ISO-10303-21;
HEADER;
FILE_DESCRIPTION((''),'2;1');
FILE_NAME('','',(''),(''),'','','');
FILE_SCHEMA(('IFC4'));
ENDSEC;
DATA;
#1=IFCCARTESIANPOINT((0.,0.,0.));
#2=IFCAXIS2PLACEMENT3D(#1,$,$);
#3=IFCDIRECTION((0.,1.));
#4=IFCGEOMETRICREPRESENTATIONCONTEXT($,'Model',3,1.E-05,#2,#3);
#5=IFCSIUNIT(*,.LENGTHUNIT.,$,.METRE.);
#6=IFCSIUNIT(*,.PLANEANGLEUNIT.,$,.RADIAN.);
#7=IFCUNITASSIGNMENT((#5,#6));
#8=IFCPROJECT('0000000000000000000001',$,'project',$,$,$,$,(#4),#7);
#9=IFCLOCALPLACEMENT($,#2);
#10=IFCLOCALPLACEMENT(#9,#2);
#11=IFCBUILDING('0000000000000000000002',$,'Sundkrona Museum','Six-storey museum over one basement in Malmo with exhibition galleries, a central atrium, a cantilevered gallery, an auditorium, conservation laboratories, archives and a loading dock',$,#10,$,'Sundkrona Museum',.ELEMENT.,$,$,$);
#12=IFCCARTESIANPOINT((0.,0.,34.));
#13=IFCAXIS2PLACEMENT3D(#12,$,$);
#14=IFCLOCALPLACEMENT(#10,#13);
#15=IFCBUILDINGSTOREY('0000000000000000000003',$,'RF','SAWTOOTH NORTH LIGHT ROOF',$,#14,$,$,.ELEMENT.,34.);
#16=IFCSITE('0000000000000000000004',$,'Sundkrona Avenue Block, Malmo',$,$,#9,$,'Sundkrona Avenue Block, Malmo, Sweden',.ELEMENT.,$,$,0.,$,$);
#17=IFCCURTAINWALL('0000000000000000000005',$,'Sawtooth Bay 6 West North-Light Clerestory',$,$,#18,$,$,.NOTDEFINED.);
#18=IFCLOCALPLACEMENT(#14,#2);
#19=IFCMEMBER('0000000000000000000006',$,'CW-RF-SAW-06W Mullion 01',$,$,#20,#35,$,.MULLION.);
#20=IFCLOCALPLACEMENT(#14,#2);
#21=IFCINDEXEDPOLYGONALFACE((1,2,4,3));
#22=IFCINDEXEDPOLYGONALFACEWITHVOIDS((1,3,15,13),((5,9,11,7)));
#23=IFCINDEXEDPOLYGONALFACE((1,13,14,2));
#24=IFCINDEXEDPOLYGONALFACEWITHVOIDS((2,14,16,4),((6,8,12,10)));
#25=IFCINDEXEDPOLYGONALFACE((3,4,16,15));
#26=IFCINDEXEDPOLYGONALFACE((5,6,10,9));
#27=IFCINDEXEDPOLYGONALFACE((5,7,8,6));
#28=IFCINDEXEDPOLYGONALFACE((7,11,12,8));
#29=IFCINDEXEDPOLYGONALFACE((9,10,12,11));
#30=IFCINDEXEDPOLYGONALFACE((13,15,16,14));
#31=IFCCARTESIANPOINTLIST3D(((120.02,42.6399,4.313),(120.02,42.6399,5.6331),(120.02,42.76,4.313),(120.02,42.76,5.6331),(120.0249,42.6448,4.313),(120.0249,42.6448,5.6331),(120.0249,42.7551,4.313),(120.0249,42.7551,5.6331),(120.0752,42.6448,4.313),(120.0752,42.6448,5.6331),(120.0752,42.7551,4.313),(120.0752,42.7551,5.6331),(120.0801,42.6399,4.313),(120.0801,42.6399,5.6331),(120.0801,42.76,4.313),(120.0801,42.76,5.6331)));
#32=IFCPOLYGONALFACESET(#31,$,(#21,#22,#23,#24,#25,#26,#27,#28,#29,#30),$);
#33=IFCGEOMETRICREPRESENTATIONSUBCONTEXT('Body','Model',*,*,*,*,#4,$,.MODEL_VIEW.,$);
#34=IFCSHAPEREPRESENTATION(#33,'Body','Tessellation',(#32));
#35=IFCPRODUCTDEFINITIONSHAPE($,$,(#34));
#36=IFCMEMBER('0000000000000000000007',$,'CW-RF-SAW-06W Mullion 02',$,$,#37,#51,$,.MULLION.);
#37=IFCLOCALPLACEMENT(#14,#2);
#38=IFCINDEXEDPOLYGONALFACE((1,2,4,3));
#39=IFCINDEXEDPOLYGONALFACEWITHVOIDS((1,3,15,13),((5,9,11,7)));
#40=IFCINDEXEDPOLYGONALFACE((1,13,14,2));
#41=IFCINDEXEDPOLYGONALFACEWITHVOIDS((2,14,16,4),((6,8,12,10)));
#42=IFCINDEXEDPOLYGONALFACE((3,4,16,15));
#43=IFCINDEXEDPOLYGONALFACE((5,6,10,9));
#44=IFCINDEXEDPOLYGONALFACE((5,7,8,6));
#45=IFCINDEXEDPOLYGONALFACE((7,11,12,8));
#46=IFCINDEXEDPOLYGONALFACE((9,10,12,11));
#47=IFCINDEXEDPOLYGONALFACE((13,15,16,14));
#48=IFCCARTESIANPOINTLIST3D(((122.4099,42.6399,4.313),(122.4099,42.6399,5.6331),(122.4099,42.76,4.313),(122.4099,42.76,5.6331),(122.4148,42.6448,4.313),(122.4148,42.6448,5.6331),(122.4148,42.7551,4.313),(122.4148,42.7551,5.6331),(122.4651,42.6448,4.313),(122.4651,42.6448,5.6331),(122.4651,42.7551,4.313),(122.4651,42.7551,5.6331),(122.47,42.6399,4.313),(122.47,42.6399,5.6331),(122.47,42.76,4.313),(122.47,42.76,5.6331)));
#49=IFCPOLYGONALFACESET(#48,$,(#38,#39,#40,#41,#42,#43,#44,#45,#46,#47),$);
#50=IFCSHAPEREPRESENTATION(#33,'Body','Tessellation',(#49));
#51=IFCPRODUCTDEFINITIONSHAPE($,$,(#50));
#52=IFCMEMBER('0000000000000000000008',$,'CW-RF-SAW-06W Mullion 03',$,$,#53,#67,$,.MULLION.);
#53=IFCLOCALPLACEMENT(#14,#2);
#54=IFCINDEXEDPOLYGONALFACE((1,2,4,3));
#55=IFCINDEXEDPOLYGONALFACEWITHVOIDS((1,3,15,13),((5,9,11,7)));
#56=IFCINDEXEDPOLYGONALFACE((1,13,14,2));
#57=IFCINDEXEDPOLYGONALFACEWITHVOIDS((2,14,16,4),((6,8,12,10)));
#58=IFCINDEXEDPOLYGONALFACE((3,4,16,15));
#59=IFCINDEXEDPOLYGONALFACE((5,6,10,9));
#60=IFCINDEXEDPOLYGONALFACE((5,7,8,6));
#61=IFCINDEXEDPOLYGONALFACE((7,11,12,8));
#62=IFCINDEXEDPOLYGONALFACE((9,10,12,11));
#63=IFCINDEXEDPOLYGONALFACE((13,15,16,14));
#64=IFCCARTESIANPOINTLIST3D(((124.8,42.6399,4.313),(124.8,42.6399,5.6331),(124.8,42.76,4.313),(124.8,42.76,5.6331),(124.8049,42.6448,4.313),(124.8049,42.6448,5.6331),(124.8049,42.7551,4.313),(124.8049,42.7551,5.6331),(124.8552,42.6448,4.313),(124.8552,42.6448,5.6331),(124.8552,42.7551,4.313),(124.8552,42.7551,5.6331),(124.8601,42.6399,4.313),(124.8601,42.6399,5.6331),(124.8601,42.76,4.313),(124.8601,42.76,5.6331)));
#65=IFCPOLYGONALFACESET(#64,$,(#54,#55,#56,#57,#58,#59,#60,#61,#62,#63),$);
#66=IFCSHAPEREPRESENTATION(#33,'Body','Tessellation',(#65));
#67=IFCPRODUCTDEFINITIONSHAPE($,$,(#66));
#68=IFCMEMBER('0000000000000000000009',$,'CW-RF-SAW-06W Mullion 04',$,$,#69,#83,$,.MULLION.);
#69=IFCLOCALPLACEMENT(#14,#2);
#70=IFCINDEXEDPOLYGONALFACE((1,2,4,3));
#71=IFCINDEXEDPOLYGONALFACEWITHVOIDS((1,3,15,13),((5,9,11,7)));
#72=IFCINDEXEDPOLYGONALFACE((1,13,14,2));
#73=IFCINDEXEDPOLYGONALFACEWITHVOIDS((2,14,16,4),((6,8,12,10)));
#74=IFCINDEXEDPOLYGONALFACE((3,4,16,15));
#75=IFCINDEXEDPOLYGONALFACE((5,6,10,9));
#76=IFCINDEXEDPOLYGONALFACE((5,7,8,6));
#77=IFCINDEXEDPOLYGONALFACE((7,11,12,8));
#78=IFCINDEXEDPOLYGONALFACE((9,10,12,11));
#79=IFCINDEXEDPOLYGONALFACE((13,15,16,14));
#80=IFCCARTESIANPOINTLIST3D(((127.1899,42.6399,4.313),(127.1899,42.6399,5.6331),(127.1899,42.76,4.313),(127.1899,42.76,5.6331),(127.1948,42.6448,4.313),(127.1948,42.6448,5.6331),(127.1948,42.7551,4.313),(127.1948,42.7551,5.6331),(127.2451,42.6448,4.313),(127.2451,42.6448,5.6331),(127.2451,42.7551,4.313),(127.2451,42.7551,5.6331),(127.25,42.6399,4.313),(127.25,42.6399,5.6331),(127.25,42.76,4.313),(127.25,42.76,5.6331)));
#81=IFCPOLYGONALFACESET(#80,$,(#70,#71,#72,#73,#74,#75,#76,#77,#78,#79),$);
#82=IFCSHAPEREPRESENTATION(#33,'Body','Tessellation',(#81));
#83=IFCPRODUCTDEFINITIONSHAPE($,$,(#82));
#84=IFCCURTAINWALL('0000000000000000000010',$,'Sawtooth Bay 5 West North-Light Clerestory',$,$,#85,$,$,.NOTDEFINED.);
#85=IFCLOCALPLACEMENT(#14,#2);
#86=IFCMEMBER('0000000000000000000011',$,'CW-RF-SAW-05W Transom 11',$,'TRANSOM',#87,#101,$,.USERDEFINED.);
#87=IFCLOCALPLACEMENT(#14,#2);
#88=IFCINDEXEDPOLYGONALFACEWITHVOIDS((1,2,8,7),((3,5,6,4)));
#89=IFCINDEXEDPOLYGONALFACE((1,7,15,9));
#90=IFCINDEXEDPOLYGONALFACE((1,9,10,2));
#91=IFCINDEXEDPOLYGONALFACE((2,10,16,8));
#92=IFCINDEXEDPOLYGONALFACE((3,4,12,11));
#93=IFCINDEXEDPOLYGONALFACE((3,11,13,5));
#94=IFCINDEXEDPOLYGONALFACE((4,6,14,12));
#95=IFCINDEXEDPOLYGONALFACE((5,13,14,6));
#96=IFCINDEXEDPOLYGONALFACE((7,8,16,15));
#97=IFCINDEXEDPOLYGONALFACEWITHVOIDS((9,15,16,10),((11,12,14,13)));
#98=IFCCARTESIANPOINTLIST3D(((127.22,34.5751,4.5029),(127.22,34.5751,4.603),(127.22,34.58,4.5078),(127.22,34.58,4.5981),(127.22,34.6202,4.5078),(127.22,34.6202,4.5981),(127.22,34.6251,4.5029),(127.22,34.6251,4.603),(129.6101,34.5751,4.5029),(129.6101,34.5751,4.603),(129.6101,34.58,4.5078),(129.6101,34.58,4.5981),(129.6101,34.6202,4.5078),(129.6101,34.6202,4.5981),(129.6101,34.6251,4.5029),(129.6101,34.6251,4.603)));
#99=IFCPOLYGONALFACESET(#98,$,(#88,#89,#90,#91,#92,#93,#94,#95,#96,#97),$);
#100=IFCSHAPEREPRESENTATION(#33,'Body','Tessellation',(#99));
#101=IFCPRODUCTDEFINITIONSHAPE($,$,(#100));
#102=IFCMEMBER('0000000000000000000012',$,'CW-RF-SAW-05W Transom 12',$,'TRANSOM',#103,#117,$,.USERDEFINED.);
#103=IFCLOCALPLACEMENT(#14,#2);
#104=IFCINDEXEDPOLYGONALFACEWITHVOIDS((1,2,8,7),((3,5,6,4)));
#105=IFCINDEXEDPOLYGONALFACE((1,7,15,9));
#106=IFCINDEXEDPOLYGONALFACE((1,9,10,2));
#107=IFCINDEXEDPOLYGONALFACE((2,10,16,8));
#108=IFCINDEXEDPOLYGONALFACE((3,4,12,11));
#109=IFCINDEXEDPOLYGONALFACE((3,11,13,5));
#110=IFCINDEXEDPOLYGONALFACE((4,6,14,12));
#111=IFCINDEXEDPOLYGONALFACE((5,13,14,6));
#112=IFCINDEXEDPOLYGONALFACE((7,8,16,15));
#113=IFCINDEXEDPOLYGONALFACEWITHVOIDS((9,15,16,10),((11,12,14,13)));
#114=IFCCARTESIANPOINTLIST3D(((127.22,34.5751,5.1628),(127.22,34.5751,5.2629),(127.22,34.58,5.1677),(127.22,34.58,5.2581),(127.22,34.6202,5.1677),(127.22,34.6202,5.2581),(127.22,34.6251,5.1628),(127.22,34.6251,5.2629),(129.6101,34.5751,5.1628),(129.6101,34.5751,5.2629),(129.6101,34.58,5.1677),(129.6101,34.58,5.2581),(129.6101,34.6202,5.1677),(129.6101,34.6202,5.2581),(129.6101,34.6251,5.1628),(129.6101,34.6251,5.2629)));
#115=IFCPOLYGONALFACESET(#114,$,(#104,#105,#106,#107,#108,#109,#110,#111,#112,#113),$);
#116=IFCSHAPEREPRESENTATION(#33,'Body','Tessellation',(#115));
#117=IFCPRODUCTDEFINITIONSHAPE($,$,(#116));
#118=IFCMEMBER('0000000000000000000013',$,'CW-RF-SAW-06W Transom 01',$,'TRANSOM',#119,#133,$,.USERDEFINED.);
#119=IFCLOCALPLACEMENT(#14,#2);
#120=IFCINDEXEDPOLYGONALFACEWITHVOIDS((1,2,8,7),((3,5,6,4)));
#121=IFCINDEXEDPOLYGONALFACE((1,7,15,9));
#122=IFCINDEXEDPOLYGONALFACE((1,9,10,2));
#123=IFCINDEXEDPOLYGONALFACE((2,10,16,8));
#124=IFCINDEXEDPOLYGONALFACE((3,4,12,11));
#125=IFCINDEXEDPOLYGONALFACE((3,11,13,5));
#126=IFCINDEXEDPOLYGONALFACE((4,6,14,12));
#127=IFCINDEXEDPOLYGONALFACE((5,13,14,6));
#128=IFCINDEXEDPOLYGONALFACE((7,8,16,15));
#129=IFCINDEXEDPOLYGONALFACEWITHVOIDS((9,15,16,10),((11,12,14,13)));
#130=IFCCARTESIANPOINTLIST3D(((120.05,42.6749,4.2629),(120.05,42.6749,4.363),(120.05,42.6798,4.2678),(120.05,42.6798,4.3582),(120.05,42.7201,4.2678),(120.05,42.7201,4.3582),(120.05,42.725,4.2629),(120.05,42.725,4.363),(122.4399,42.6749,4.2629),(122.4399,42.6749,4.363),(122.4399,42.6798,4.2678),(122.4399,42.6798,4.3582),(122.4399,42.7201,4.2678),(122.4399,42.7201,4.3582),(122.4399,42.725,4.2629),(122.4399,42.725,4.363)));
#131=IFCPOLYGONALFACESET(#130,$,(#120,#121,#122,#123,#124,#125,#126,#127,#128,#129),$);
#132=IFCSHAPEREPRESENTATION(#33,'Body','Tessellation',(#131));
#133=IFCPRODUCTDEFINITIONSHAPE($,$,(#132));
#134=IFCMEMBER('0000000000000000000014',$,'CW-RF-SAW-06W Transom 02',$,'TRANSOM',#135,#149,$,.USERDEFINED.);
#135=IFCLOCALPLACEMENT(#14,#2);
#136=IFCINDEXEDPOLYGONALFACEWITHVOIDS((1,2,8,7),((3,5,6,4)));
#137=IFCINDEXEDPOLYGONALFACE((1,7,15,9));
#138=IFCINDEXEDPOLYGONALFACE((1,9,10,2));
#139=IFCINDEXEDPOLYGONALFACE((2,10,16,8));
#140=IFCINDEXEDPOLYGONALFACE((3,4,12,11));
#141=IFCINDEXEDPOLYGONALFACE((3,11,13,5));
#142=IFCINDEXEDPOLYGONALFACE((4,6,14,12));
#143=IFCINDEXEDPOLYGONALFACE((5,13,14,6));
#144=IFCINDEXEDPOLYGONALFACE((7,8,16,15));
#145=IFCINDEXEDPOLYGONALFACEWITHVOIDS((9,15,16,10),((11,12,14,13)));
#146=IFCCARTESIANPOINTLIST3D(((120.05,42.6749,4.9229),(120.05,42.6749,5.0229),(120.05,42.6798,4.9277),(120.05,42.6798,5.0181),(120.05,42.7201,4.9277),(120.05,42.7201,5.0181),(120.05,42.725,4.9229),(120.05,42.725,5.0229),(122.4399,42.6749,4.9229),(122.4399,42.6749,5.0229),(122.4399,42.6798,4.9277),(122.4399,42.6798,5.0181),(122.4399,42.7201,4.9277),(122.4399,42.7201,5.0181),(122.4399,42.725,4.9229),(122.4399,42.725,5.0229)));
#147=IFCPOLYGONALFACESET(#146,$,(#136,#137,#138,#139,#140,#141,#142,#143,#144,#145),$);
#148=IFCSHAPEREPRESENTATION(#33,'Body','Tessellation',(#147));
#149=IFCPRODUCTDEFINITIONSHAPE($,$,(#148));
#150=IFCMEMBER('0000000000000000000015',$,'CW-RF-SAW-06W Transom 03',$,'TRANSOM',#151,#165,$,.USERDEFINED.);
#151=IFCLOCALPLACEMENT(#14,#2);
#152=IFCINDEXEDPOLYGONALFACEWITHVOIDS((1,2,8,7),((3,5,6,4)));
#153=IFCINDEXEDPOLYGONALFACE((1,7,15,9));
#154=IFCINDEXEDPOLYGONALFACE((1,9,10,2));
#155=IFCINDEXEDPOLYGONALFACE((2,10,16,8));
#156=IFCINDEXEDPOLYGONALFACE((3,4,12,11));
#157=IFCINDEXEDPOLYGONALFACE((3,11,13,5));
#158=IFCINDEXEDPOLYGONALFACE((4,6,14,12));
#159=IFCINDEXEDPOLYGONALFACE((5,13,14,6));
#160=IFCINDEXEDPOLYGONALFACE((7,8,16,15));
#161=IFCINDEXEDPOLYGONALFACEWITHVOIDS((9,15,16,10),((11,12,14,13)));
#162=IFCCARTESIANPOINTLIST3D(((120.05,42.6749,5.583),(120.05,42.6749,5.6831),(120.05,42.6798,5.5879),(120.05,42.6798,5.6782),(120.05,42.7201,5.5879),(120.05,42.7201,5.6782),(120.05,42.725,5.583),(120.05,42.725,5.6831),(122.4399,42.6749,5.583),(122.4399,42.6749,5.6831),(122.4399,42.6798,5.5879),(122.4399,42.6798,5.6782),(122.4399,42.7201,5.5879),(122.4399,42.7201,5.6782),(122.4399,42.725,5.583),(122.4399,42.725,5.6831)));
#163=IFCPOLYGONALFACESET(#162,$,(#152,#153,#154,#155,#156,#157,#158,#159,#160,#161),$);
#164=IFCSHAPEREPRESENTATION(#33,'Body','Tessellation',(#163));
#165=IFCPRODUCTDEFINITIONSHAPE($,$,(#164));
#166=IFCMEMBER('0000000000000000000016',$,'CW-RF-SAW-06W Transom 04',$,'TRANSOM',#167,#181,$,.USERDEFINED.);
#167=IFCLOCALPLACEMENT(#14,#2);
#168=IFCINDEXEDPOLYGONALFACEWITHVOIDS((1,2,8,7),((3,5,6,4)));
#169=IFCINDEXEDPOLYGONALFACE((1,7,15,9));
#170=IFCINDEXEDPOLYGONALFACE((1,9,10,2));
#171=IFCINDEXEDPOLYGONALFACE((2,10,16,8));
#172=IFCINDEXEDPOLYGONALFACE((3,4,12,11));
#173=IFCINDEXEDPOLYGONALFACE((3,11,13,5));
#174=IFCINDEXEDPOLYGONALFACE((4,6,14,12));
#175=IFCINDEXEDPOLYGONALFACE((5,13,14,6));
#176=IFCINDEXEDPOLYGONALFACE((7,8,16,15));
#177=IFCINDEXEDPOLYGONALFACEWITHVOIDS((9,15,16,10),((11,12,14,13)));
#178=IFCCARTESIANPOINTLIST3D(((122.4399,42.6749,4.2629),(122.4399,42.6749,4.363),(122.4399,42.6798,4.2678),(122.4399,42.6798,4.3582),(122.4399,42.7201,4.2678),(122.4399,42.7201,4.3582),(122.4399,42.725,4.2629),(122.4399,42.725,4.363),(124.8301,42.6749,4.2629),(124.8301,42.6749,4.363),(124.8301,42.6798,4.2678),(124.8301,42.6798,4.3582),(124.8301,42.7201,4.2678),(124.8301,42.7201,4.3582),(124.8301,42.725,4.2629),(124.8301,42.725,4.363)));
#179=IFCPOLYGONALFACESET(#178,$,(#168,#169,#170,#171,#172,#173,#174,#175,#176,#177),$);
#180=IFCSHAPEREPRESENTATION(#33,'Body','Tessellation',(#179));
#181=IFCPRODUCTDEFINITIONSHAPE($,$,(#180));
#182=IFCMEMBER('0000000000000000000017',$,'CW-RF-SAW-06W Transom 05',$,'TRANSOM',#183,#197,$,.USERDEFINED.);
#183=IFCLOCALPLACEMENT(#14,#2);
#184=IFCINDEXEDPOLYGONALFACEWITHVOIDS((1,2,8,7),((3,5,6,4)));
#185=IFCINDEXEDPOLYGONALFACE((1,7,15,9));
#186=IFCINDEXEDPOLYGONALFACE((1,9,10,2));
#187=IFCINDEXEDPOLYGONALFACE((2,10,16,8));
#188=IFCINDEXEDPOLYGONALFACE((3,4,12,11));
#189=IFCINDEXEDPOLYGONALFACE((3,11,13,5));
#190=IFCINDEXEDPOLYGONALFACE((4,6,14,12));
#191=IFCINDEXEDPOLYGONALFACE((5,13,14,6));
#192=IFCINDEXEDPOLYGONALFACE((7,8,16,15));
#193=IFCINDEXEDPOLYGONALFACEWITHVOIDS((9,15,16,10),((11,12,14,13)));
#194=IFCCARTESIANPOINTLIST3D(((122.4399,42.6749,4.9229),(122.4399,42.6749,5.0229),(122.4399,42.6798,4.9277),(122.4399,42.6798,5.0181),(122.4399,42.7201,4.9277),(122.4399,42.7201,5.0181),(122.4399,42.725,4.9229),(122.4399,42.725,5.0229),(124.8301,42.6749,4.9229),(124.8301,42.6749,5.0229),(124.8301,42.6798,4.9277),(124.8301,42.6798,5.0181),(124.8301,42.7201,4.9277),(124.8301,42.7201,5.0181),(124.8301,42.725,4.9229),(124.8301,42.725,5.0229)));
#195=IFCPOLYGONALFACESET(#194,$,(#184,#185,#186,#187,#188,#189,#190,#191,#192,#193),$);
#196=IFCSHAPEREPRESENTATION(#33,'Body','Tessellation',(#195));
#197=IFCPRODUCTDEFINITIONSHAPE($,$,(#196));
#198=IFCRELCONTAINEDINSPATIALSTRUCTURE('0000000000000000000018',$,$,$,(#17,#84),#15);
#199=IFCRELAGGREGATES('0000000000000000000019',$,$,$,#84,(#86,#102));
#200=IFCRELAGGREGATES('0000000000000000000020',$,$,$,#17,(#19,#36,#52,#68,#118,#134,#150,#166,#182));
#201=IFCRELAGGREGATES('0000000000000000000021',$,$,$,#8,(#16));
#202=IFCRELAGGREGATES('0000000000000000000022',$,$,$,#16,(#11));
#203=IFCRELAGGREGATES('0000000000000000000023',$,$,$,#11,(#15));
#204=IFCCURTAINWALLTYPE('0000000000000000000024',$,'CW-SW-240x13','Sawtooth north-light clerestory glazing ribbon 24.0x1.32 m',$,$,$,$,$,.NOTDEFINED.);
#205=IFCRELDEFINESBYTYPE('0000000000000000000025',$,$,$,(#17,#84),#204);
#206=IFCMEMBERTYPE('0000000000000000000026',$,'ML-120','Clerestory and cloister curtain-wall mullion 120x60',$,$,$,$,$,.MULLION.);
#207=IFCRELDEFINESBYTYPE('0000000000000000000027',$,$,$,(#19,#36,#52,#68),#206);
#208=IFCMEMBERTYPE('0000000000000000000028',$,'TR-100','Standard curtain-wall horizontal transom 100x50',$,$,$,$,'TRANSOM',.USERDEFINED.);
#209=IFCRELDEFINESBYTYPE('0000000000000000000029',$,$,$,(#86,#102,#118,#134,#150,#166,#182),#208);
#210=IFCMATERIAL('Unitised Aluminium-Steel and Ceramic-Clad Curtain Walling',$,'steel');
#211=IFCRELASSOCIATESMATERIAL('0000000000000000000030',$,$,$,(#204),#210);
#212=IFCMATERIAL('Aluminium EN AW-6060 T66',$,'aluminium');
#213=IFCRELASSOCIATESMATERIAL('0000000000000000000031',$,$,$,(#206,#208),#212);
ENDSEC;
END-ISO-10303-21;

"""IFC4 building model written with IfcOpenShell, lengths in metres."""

from ifc_helpers import new_model, si_unit, direction, frame, origin, origin_2d, place, context, subcontext, project, spatial, hollow_rectangle, extrude, material, material_profile, profile_set, type_object, element, aggregate, save


model = new_model("IFC4")

# Units and contexts
model_context = context("Model", 3, precision=1e-05, world=origin(), true_north=direction((0.0, 1.0)))
body_context = subcontext(model_context, "Body", "Model", "MODEL_VIEW")
ifc_project = project(units=[si_unit("LENGTHUNIT", "METRE"), si_unit("PLANEANGLEUNIT", "RADIAN")], contexts=[model_context])

# Site, building, storey
site_placement = place(None, origin())
site = spatial("IfcSite", under=ifc_project, at=site_placement, Name="Sundkrona Avenue Block, Malmo", LongName="Sundkrona Avenue Block, Malmo, Sweden", CompositionType="ELEMENT", RefElevation=0.0)
building_placement = place(site_placement, origin())
building = spatial("IfcBuilding", under=site, at=building_placement, Name="Sundkrona Museum", Description="Six-storey museum over one basement in Malmo with exhibition galleries, a central atrium, a cantilevered gallery, an auditorium, conservation laboratories, archives and a loading dock", LongName="Sundkrona Museum", CompositionType="ELEMENT")
storey_placement = place(building_placement, frame((0.0, 0.0, 34.0)))
storey = spatial("IfcBuildingStorey", under=building, at=storey_placement, Name="RF", Description="SAWTOOTH NORTH LIGHT ROOF", CompositionType="ELEMENT", Elevation=34.0)

# Curtain walls, members
ifc_material_1 = material(Name="Unitised Aluminium-Steel and Ceramic-Clad Curtain Walling", Category="steel")
curtain_wall_type = type_object("IfcCurtainWallType", Name="CW-SW-240x13", Description="Sawtooth north-light clerestory glazing ribbon 24.0x1.32 m", PredefinedType="NOTDEFINED", material=ifc_material_1)
curtain_wall_1_placement = place(storey_placement, origin())
curtain_wall_1 = element("IfcCurtainWall", 1, at=curtain_wall_1_placement, inside=storey, type_object=curtain_wall_type, Name="Sawtooth Bay 6 West North-Light Clerestory", PredefinedType="NOTDEFINED")
ifc_material_2 = material(Name="Aluminium EN AW-6060 T66", Category="aluminium")
ifc_material_profile_1 = material_profile(ifc_material_2, hollow_rectangle(XDim=0.0601, YDim=0.1201, WallThickness=0.0049, at=origin_2d()), Name="RHS 120x60x5.0")
ifc_profile_set_1 = profile_set([ifc_material_profile_1], Name="Aluminium EN AW-6060 T66")
member_type_1 = type_object("IfcMemberType", Name="ML-120", Description="Clerestory and cloister curtain-wall mullion 120x60", PredefinedType="MULLION", material=ifc_profile_set_1)
member_1_placement = place(storey_placement, frame((120.05, 42.7, 4.313), z_axis=(0.0, 0.0, 1.0), x_axis=(1.0, 0.0, 0.0)))
member_1 = element("IfcMember", 2, at=member_1_placement, type_object=member_type_1, Name="CW-RF-SAW-06W Mullion 01", PredefinedType="MULLION", context=body_context, shape_type="SweptSolid", body=[
    extrude(hollow_rectangle(XDim=0.0601, YDim=0.1201, WallThickness=0.0049, at=origin_2d()), origin(), (0.0, 0.0, 1.0), 1.3201),
])
member_2_placement = place(storey_placement, frame((122.4399, 42.7, 4.313), z_axis=(0.0, 0.0, 1.0), x_axis=(1.0, 0.0, 0.0)))
member_2 = element("IfcMember", 3, at=member_2_placement, type_object=member_type_1, Name="CW-RF-SAW-06W Mullion 02", PredefinedType="MULLION", context=body_context, shape_type="SweptSolid", body=[
    extrude(hollow_rectangle(XDim=0.0601, YDim=0.1201, WallThickness=0.0049, at=origin_2d()), origin(), (0.0, 0.0, 1.0), 1.3201),
])
member_3_placement = place(storey_placement, frame((124.8301, 42.7, 4.313), z_axis=(0.0, 0.0, 1.0), x_axis=(1.0, 0.0, 0.0)))
member_3 = element("IfcMember", 4, at=member_3_placement, type_object=member_type_1, Name="CW-RF-SAW-06W Mullion 03", PredefinedType="MULLION", context=body_context, shape_type="SweptSolid", body=[
    extrude(hollow_rectangle(XDim=0.0601, YDim=0.1201, WallThickness=0.0049, at=origin_2d()), origin(), (0.0, 0.0, 1.0), 1.3201),
])
member_4_placement = place(storey_placement, frame((127.22, 42.7, 4.313), z_axis=(0.0, 0.0, 1.0), x_axis=(1.0, 0.0, 0.0)))
member_4 = element("IfcMember", 5, at=member_4_placement, type_object=member_type_1, Name="CW-RF-SAW-06W Mullion 04", PredefinedType="MULLION", context=body_context, shape_type="SweptSolid", body=[
    extrude(hollow_rectangle(XDim=0.0601, YDim=0.1201, WallThickness=0.0049, at=origin_2d()), origin(), (0.0, 0.0, 1.0), 1.3201),
])
curtain_wall_2_placement = place(storey_placement, origin())
curtain_wall_2 = element("IfcCurtainWall", 6, at=curtain_wall_2_placement, inside=storey, type_object=curtain_wall_type, Name="Sawtooth Bay 5 West North-Light Clerestory", PredefinedType="NOTDEFINED")
ifc_material_profile_2 = material_profile(ifc_material_2, hollow_rectangle(XDim=0.05, YDim=0.1001, WallThickness=0.0049, at=origin_2d()), Name="RHS 100x50x5.0")
ifc_profile_set_2 = profile_set([ifc_material_profile_2], Name="Aluminium EN AW-6060 T66")
member_type_2 = type_object("IfcMemberType", Name="TR-100", Description="Standard curtain-wall horizontal transom 100x50", ElementType="TRANSOM", PredefinedType="USERDEFINED", material=ifc_profile_set_2)
member_5_placement = place(storey_placement, frame((127.22, 34.6001, 4.553), z_axis=(1.0, 0.0, 0.0), x_axis=(0.0, 1.0, 0.0)))
member_5 = element("IfcMember", 7, at=member_5_placement, type_object=member_type_2, Name="CW-RF-SAW-05W Transom 11", ObjectType="TRANSOM", PredefinedType="USERDEFINED", context=body_context, shape_type="SweptSolid", body=[
    extrude(hollow_rectangle(XDim=0.05, YDim=0.1001, WallThickness=0.0049, at=origin_2d()), origin(), (0.0, 0.0, 1.0), 2.3901),
])
member_6_placement = place(storey_placement, frame((127.22, 34.6001, 5.2129), z_axis=(1.0, 0.0, 0.0), x_axis=(0.0, 1.0, 0.0)))
member_6 = element("IfcMember", 8, at=member_6_placement, type_object=member_type_2, Name="CW-RF-SAW-05W Transom 12", ObjectType="TRANSOM", PredefinedType="USERDEFINED", context=body_context, shape_type="SweptSolid", body=[
    extrude(hollow_rectangle(XDim=0.05, YDim=0.1001, WallThickness=0.0049, at=origin_2d()), origin(), (0.0, 0.0, 1.0), 2.3901),
])
aggregate(curtain_wall_2, [member_5, member_6])

# Members
member_7_placement = place(storey_placement, frame((120.05, 42.7, 4.313), z_axis=(1.0, 0.0, 0.0), x_axis=(0.0, 1.0, 0.0)))
member_7 = element("IfcMember", 9, at=member_7_placement, type_object=member_type_2, Name="CW-RF-SAW-06W Transom 01", ObjectType="TRANSOM", PredefinedType="USERDEFINED", context=body_context, shape_type="SweptSolid", body=[
    extrude(hollow_rectangle(XDim=0.05, YDim=0.1001, WallThickness=0.0049, at=origin_2d()), origin(), (0.0, 0.0, 1.0), 2.3899),
])
member_8_placement = place(storey_placement, frame((120.05, 42.7, 4.9729), z_axis=(1.0, 0.0, 0.0), x_axis=(0.0, 1.0, 0.0)))
member_8 = element("IfcMember", 10, at=member_8_placement, type_object=member_type_2, Name="CW-RF-SAW-06W Transom 02", ObjectType="TRANSOM", PredefinedType="USERDEFINED", context=body_context, shape_type="SweptSolid", body=[
    extrude(hollow_rectangle(XDim=0.05, YDim=0.1001, WallThickness=0.0049, at=origin_2d()), origin(), (0.0, 0.0, 1.0), 2.3899),
])
member_9_placement = place(storey_placement, frame((120.05, 42.7, 5.6331), z_axis=(1.0, 0.0, 0.0), x_axis=(0.0, 1.0, 0.0)))
member_9 = element("IfcMember", 11, at=member_9_placement, type_object=member_type_2, Name="CW-RF-SAW-06W Transom 03", ObjectType="TRANSOM", PredefinedType="USERDEFINED", context=body_context, shape_type="SweptSolid", body=[
    extrude(hollow_rectangle(XDim=0.05, YDim=0.1001, WallThickness=0.0049, at=origin_2d()), origin(), (0.0, 0.0, 1.0), 2.3899),
])
member_10_placement = place(storey_placement, frame((122.4399, 42.7, 4.313), z_axis=(1.0, 0.0, 0.0), x_axis=(0.0, 1.0, 0.0)))
member_10 = element("IfcMember", 12, at=member_10_placement, type_object=member_type_2, Name="CW-RF-SAW-06W Transom 04", ObjectType="TRANSOM", PredefinedType="USERDEFINED", context=body_context, shape_type="SweptSolid", body=[
    extrude(hollow_rectangle(XDim=0.05, YDim=0.1001, WallThickness=0.0049, at=origin_2d()), origin(), (0.0, 0.0, 1.0), 2.3901),
])
member_11_placement = place(storey_placement, frame((122.4399, 42.7, 4.9729), z_axis=(1.0, 0.0, 0.0), x_axis=(0.0, 1.0, 0.0)))
member_11 = element("IfcMember", 13, at=member_11_placement, type_object=member_type_2, Name="CW-RF-SAW-06W Transom 05", ObjectType="TRANSOM", PredefinedType="USERDEFINED", context=body_context, shape_type="SweptSolid", body=[
    extrude(hollow_rectangle(XDim=0.05, YDim=0.1001, WallThickness=0.0049, at=origin_2d()), origin(), (0.0, 0.0, 1.0), 2.3901),
])

aggregate(curtain_wall_1, [member_1, member_2, member_3, member_4, member_7, member_8, member_9, member_10, member_11])

save(model, "model.ifc")
